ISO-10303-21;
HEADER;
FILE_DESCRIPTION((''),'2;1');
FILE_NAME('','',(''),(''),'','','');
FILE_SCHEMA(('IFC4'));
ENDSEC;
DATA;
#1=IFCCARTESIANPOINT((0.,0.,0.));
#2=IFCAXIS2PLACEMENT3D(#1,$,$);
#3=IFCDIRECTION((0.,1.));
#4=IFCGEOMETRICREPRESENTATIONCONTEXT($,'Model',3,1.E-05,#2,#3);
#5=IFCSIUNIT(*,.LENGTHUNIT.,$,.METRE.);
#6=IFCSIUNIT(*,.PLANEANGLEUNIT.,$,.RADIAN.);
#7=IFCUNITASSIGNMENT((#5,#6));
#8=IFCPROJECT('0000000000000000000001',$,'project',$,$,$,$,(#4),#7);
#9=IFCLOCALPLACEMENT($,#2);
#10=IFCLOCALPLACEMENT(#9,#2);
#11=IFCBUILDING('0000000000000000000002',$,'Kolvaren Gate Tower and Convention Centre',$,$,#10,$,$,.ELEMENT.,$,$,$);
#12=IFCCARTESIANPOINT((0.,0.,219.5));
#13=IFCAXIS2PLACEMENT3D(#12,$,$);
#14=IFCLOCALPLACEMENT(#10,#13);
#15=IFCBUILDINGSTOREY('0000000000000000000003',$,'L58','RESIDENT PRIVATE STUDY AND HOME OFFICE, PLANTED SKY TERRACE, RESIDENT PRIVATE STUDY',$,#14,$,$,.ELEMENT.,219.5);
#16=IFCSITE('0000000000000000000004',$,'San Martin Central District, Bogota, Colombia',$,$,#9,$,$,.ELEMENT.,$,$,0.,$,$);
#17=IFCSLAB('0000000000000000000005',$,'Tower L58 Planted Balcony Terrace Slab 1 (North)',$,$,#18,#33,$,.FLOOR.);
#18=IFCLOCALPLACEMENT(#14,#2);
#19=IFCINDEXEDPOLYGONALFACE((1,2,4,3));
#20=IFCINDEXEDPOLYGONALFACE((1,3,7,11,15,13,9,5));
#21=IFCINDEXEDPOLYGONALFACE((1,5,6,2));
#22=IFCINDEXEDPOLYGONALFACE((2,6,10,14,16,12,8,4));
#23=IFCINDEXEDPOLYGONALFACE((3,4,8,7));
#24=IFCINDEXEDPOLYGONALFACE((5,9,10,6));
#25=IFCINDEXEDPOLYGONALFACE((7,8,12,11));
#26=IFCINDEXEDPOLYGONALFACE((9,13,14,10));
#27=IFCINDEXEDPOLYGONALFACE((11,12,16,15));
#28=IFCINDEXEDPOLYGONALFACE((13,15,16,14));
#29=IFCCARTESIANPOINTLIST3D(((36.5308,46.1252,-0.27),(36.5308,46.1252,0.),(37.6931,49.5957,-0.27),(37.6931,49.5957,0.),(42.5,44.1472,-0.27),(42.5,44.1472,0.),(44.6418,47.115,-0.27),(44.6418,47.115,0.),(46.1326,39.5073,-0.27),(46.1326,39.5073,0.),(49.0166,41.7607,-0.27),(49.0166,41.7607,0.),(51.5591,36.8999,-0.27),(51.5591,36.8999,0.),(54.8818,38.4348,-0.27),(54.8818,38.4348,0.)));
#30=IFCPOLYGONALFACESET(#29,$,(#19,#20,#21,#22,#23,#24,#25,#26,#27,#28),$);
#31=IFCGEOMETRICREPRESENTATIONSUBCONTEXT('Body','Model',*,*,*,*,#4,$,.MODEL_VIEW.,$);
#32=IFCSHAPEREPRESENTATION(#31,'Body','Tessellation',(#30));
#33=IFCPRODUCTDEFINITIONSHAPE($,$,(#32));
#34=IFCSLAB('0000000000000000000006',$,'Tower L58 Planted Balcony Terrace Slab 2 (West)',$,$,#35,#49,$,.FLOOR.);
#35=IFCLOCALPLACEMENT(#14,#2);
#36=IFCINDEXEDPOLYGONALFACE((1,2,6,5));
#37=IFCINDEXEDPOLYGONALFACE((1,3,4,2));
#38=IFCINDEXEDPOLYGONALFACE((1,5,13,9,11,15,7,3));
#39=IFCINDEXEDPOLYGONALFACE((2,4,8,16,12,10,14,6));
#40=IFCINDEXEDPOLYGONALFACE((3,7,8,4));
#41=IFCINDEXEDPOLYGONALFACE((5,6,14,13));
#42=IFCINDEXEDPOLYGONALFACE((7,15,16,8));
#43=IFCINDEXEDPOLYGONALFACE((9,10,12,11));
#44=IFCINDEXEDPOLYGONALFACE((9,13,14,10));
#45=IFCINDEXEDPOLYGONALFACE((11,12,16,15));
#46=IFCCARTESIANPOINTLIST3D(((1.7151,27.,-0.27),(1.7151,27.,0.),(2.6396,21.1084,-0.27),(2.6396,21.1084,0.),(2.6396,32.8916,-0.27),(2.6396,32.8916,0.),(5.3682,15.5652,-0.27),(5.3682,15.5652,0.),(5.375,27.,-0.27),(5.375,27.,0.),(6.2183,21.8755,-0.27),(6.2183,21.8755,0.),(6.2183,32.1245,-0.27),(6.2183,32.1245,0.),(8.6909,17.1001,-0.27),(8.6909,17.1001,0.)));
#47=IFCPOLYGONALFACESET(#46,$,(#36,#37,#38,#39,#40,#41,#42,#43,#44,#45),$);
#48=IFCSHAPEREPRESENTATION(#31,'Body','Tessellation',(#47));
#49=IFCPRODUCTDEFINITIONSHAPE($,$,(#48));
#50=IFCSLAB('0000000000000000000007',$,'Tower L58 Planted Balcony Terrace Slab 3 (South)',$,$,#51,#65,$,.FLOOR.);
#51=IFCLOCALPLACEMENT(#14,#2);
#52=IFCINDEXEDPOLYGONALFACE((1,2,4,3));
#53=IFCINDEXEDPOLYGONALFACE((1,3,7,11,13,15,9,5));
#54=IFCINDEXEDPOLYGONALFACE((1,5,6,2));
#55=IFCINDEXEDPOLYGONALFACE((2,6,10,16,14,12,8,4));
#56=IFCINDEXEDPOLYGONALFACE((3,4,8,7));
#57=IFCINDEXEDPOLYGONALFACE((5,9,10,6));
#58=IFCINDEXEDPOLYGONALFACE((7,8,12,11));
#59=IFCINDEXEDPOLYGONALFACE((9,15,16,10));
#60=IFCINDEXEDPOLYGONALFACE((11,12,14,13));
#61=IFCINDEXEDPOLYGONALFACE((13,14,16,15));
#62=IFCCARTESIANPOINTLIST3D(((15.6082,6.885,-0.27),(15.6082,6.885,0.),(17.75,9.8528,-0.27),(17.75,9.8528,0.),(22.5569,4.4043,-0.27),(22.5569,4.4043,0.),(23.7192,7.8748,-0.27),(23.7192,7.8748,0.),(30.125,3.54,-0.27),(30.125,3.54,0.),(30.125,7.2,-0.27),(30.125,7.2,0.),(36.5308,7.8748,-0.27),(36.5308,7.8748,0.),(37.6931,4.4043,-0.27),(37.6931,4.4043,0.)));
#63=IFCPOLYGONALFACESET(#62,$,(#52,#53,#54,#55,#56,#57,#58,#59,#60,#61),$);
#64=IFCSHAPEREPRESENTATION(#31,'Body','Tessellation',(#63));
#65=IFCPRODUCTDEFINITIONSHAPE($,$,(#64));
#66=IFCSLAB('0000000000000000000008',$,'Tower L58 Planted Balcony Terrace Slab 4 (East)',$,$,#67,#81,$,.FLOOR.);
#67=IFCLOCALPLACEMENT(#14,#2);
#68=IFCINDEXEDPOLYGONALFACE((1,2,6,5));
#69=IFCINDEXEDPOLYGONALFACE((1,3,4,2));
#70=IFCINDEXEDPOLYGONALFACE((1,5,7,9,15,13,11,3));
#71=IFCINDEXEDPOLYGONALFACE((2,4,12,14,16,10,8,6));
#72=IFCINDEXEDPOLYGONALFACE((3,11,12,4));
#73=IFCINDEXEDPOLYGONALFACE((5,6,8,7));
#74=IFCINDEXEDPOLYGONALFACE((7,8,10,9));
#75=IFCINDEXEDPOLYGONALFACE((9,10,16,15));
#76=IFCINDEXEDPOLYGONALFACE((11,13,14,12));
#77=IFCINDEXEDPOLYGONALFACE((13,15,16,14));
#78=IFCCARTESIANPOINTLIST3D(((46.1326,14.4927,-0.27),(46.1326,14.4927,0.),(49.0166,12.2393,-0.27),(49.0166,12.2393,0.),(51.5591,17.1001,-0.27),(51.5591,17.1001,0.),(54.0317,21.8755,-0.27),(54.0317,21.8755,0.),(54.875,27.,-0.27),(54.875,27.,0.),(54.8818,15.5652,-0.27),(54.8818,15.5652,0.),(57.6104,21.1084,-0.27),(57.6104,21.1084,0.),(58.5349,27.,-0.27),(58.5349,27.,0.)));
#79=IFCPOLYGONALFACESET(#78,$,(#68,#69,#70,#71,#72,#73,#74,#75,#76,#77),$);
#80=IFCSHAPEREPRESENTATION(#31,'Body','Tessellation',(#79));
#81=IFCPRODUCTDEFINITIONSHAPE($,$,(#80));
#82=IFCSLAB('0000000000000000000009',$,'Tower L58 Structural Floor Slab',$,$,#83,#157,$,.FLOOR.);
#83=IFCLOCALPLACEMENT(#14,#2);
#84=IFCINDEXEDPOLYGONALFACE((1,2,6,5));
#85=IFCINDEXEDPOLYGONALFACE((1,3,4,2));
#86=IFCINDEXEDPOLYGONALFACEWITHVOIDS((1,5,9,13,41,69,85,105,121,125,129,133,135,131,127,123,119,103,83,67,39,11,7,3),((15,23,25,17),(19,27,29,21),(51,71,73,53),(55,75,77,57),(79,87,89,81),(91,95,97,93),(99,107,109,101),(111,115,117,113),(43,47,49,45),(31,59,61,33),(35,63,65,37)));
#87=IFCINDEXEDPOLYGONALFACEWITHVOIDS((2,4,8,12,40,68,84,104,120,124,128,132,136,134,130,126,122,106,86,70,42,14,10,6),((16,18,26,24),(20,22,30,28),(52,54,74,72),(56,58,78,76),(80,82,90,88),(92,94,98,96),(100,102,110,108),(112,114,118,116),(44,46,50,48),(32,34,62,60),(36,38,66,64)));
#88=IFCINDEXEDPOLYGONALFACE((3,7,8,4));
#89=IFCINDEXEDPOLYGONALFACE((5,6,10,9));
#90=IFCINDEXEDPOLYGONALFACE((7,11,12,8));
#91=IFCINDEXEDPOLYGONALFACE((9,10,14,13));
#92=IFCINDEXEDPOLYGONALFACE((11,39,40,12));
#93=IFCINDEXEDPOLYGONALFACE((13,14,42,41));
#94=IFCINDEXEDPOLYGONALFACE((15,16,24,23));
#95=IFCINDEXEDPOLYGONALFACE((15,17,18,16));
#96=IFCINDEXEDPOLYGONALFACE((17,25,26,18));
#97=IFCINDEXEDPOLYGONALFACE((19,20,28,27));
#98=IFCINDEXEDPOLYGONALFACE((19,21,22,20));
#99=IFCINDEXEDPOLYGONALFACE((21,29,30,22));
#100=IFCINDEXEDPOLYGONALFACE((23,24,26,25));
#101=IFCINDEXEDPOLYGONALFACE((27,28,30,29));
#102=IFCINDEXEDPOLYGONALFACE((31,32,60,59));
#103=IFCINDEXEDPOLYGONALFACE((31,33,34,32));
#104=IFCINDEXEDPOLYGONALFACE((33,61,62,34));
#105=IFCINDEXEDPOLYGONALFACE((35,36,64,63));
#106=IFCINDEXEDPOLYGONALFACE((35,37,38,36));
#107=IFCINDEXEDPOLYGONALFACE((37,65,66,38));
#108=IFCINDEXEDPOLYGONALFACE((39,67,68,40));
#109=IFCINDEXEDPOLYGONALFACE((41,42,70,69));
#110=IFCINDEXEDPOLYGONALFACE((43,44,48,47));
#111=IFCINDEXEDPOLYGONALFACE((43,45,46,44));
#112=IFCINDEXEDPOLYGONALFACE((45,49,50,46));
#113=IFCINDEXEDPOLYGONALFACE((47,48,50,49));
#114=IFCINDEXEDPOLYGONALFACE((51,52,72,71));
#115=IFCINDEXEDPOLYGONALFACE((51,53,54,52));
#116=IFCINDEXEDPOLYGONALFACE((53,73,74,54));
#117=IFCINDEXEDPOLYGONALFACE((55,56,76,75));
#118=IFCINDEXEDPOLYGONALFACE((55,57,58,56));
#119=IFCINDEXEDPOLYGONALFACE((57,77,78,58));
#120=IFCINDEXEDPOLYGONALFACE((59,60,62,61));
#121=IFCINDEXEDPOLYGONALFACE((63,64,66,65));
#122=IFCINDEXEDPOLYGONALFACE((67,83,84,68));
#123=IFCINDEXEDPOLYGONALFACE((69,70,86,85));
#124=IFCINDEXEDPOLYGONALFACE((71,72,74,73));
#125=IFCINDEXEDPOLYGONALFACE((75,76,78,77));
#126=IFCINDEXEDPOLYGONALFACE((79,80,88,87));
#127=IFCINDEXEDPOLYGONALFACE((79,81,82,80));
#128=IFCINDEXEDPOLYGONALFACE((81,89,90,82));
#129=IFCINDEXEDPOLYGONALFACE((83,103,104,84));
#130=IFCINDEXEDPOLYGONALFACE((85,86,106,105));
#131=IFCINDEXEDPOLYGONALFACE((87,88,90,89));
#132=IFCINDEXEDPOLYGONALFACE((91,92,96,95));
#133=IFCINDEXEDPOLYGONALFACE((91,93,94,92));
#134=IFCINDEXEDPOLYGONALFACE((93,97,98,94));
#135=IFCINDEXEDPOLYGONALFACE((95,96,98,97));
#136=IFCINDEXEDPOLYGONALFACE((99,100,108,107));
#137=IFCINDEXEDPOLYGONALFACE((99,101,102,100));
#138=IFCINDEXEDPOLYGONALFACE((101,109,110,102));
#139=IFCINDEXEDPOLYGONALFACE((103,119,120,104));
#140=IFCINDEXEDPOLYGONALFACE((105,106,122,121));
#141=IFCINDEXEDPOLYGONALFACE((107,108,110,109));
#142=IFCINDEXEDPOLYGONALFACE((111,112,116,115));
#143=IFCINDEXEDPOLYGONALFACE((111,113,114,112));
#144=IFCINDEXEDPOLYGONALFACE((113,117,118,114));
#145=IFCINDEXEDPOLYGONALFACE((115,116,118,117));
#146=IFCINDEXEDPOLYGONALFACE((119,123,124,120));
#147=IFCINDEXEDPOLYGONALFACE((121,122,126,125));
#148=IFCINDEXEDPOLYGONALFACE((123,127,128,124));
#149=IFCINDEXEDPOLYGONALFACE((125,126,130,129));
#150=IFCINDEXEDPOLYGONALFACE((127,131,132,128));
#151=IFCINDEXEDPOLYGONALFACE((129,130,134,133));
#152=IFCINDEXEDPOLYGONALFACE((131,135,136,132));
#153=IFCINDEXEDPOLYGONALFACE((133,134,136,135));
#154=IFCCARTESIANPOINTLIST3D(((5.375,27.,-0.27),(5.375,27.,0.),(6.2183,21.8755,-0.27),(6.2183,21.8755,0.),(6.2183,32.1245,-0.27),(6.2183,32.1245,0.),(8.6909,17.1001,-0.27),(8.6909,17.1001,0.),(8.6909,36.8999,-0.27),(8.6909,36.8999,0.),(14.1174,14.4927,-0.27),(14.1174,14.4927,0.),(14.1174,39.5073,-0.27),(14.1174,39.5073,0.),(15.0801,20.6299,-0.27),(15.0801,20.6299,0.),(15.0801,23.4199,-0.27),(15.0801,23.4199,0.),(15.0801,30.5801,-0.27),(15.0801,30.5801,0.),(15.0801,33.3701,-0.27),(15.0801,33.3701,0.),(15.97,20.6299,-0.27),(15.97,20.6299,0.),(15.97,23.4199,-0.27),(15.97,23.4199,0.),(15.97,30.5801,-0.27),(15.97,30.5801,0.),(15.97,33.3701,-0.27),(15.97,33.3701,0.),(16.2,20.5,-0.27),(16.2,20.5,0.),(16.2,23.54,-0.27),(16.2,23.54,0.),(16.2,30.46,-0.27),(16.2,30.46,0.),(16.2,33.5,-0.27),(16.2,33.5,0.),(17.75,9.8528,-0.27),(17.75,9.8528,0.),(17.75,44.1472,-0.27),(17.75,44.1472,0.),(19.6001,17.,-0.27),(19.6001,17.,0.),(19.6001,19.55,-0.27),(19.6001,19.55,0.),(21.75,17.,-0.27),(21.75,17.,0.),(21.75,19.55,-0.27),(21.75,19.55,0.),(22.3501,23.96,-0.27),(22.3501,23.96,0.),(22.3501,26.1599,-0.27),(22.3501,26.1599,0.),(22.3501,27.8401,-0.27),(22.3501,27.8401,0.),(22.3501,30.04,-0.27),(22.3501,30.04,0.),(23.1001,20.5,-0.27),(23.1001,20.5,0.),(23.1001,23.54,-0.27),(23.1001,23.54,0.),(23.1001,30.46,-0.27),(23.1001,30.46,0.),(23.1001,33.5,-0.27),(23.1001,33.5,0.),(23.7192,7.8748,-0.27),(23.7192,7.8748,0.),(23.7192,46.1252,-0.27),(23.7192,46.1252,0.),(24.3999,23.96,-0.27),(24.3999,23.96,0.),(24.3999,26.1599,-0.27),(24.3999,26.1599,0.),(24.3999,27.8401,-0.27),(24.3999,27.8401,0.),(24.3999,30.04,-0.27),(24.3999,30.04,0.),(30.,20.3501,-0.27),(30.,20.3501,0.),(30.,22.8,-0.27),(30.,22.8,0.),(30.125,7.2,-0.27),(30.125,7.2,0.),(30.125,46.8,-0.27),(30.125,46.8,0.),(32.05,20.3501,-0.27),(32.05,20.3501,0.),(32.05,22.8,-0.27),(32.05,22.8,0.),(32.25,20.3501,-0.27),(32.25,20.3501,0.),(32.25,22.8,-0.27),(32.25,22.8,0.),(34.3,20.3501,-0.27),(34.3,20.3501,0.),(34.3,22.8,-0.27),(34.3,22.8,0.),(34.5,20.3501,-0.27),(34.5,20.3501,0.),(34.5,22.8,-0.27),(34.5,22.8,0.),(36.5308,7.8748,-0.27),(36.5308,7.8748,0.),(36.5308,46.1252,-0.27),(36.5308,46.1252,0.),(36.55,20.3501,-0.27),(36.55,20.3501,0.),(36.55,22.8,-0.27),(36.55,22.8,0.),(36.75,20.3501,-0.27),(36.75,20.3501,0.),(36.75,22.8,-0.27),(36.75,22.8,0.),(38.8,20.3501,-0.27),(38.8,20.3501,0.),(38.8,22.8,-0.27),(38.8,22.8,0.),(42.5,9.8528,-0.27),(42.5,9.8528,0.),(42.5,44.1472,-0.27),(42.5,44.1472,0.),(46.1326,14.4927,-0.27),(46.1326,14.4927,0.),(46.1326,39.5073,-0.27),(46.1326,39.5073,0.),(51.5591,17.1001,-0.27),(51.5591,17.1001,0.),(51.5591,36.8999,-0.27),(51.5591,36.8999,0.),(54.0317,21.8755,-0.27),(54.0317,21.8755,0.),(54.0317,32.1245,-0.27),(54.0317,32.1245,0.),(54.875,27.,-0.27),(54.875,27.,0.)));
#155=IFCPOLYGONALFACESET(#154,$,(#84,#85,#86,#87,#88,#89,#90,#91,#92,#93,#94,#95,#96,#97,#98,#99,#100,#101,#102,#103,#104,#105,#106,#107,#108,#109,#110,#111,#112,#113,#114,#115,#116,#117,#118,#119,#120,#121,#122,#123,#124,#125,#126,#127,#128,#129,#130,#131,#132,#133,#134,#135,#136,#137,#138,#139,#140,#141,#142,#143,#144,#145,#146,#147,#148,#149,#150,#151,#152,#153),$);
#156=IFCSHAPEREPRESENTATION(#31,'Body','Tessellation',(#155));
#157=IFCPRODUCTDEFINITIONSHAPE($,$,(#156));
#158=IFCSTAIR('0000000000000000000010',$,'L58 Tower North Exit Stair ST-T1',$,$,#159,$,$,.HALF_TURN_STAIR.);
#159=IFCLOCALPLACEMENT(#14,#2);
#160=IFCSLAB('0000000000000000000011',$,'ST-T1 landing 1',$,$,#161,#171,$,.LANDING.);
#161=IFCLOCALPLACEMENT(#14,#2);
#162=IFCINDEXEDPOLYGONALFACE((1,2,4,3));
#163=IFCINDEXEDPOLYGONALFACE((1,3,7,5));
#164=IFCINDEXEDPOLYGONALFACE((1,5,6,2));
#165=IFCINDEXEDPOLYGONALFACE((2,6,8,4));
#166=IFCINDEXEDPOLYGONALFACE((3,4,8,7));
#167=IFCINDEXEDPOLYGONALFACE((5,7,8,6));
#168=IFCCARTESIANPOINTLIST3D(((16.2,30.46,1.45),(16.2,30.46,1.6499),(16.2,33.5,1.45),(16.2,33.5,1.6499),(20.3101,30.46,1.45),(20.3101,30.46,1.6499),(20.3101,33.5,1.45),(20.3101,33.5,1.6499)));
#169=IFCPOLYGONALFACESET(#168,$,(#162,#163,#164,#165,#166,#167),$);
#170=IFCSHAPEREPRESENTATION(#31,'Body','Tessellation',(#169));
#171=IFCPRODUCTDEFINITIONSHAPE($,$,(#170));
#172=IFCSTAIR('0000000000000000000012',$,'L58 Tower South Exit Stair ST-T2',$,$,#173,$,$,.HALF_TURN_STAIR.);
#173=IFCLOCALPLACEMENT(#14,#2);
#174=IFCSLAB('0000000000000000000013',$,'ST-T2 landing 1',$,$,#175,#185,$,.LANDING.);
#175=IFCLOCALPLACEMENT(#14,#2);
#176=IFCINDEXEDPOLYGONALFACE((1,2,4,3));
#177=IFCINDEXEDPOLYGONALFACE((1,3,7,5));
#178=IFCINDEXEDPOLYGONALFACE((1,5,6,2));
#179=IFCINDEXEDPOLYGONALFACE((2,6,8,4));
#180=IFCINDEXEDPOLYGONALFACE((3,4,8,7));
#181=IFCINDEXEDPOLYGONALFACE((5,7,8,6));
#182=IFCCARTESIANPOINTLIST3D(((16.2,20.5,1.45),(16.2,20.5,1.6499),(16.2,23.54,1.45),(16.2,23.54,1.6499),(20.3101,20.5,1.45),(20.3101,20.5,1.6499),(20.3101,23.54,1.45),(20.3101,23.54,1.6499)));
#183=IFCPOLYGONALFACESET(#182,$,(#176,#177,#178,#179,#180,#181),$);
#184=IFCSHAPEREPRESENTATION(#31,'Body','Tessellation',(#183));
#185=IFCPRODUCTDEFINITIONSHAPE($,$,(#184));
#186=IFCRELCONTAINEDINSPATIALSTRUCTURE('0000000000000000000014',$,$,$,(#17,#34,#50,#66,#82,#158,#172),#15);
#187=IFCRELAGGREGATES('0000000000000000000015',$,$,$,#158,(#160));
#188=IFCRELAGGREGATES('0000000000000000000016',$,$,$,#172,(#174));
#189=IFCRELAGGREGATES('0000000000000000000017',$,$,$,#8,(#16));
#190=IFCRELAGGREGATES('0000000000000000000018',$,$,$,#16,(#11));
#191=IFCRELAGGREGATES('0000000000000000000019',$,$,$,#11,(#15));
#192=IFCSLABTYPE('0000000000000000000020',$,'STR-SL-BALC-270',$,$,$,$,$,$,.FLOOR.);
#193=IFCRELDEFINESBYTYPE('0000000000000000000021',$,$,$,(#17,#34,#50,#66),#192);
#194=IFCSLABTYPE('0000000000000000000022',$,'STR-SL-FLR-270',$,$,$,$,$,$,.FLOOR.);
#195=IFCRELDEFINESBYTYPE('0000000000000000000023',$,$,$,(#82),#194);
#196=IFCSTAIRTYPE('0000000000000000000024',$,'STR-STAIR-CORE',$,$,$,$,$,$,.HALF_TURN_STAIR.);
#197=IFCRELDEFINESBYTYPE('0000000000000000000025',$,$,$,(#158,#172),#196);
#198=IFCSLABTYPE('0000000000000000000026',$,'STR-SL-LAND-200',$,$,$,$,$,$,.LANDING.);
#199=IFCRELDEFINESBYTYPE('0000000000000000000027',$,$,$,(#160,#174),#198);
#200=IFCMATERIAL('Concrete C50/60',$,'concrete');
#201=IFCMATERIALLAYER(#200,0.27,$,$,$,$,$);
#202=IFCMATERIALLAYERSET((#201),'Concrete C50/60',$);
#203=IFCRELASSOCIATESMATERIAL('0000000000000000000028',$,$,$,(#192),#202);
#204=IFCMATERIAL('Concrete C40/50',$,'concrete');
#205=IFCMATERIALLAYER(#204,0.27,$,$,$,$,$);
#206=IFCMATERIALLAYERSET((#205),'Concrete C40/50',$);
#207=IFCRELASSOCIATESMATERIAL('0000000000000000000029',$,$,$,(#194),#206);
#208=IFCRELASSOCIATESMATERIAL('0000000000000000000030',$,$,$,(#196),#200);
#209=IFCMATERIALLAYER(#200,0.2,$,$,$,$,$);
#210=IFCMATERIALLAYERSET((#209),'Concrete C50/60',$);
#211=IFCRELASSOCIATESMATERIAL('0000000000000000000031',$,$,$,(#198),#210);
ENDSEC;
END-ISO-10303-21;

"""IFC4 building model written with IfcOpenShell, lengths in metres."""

from ifc_helpers import new_model, si_unit, direction, frame, origin, place, context, subcontext, project, spatial, polyline, outline, extrude, material, layer, layer_set, type_object, element, aggregate, save


model = new_model("IFC4")

# Units and contexts
model_context = context("Model", 3, precision=1e-05, world=origin(), true_north=direction((0.0, 1.0)))
body_context = subcontext(model_context, "Body", "Model", "MODEL_VIEW")
ifc_project = project(units=[si_unit("LENGTHUNIT", "METRE"), si_unit("PLANEANGLEUNIT", "RADIAN")], contexts=[model_context])

# Site, building, storey
site_placement = place(None, origin())
site = spatial("IfcSite", under=ifc_project, at=site_placement, Name="San Martin Central District, Bogota, Colombia", CompositionType="ELEMENT", RefElevation=0.0)
building_placement = place(site_placement, origin())
building = spatial("IfcBuilding", under=site, at=building_placement, Name="Kolvaren Gate Tower and Convention Centre", CompositionType="ELEMENT")
storey_placement = place(building_placement, frame((0.0, 0.0, 219.5)))
storey = spatial("IfcBuildingStorey", under=building, at=storey_placement, Name="L58", Description="RESIDENT PRIVATE STUDY AND HOME OFFICE, PLANTED SKY TERRACE, RESIDENT PRIVATE STUDY", CompositionType="ELEMENT", Elevation=219.5)

# Slabs
ifc_material_1 = material(Name="Concrete C50/60", Category="concrete")
ifc_layer_1 = layer(ifc_material_1, 0.27)
ifc_layer_set_1 = layer_set([ifc_layer_1], Name="Concrete C50/60")
slab_type_1 = type_object("IfcSlabType", Name="STR-SL-BALC-270", PredefinedType="FLOOR", material=ifc_layer_set_1)
slab_1_placement = place(storey_placement, frame((0.0, 0.0, -0.27)))
element("IfcSlab", 1, at=slab_1_placement, inside=storey, type_object=slab_type_1, Name="Tower L58 Planted Balcony Terrace Slab 1 (North)", PredefinedType="FLOOR", context=body_context, shape_type="SweptSolid", body=[
    extrude(outline(polyline([(51.5591, 36.8999), (46.1326, 39.5073), (42.5, 44.1472), (36.5308, 46.1252), (37.6931, 49.5957), (44.6418, 47.115), (49.0166, 41.7607), (54.8818, 38.4348), (51.5591, 36.8999)])), origin(), (0.0, 0.0, 1.0), 0.27),
])
slab_2_placement = place(storey_placement, frame((0.0, 0.0, -0.27)))
element("IfcSlab", 2, at=slab_2_placement, inside=storey, type_object=slab_type_1, Name="Tower L58 Planted Balcony Terrace Slab 2 (West)", PredefinedType="FLOOR", context=body_context, shape_type="SweptSolid", body=[
    extrude(outline(polyline([(6.2183, 32.1245), (5.375, 27.0), (6.2183, 21.8755), (8.6909, 17.1001), (5.3682, 15.5652), (2.6396, 21.1084), (1.7151, 27.0), (2.6396, 32.8916), (6.2183, 32.1245)])), origin(), (0.0, 0.0, 1.0), 0.27),
])
slab_3_placement = place(storey_placement, frame((0.0, 0.0, -0.27)))
element("IfcSlab", 3, at=slab_3_placement, inside=storey, type_object=slab_type_1, Name="Tower L58 Planted Balcony Terrace Slab 3 (South)", PredefinedType="FLOOR", context=body_context, shape_type="SweptSolid", body=[
    extrude(outline(polyline([(17.75, 9.8528), (23.7192, 7.8748), (30.125, 7.2), (36.5308, 7.8748), (37.6931, 4.4043), (30.125, 3.54), (22.5569, 4.4043), (15.6082, 6.885), (17.75, 9.8528)])), origin(), (0.0, 0.0, 1.0), 0.27),
])
slab_4_placement = place(storey_placement, frame((0.0, 0.0, -0.27)))
element("IfcSlab", 4, at=slab_4_placement, inside=storey, type_object=slab_type_1, Name="Tower L58 Planted Balcony Terrace Slab 4 (East)", PredefinedType="FLOOR", context=body_context, shape_type="SweptSolid", body=[
    extrude(outline(polyline([(46.1326, 14.4927), (51.5591, 17.1001), (54.0317, 21.8755), (54.875, 27.0), (58.5349, 27.0), (57.6104, 21.1084), (54.8818, 15.5652), (49.0166, 12.2393), (46.1326, 14.4927)])), origin(), (0.0, 0.0, 1.0), 0.27),
])
ifc_material_2 = material(Name="Concrete C40/50", Category="concrete")
ifc_layer_2 = layer(ifc_material_2, 0.27)
ifc_layer_set_2 = layer_set([ifc_layer_2], Name="Concrete C40/50")
slab_type_2 = type_object("IfcSlabType", Name="STR-SL-FLR-270", PredefinedType="FLOOR", material=ifc_layer_set_2)
slab_5_placement = place(storey_placement, frame((0.0, 0.0, -0.27)))
element("IfcSlab", 5, at=slab_5_placement, inside=storey, type_object=slab_type_2, Name="Tower L58 Structural Floor Slab", PredefinedType="FLOOR", context=body_context, shape_type="SweptSolid", body=[
    extrude(outline(polyline([(54.875, 27.0), (54.0317, 32.1245), (51.5591, 36.8999), (46.1326, 39.5073), (42.5, 44.1472), (36.5308, 46.1252), (30.125, 46.8), (23.7192, 46.1252), (17.75, 44.1472), (14.1174, 39.5073), (8.6909, 36.8999), (6.2183, 32.1245), (5.375, 27.0), (6.2183, 21.8755), (8.6909, 17.1001), (14.1174, 14.4927), (17.75, 9.8528), (23.7192, 7.8748), (30.125, 7.2), (36.5308, 7.8748), (42.5, 9.8528), (46.1326, 14.4927), (51.5591, 17.1001), (54.0317, 21.8755), (54.875, 27.0)]), holes=[polyline([(36.75, 20.3501), (36.75, 22.8), (38.8, 22.8), (38.8, 20.3501), (36.75, 20.3501)]), polyline([(36.55, 20.3501), (34.5, 20.3501), (34.5, 22.8), (36.55, 22.8), (36.55, 20.3501)]), polyline([(32.25, 20.3501), (32.25, 22.8), (34.3, 22.8), (34.3, 20.3501), (32.25, 20.3501)]), polyline([(30.0, 20.3501), (30.0, 22.8), (32.05, 22.8), (32.05, 20.3501), (30.0, 20.3501)]), polyline([(22.3501, 23.96), (22.3501, 26.1599), (24.3999, 26.1599), (24.3999, 23.96), (22.3501, 23.96)]), polyline([(22.3501, 27.8401), (22.3501, 30.04), (24.3999, 30.04), (24.3999, 27.8401), (22.3501, 27.8401)]), polyline([(16.2, 23.54), (23.1001, 23.54), (23.1001, 20.5), (16.2, 20.5), (16.2, 23.54)]), polyline([(16.2, 33.5), (23.1001, 33.5), (23.1001, 30.46), (16.2, 30.46), (16.2, 33.5)]), polyline([(21.75, 17.0), (19.6001, 17.0), (19.6001, 19.55), (21.75, 19.55), (21.75, 17.0)]), polyline([(15.0801, 30.5801), (15.0801, 33.3701), (15.97, 33.3701), (15.97, 30.5801), (15.0801, 30.5801)]), polyline([(15.97, 20.6299), (15.0801, 20.6299), (15.0801, 23.4199), (15.97, 23.4199), (15.97, 20.6299)])]), origin(), (0.0, 0.0, 1.0), 0.27),
])

# Stairs, slabs
stair_type = type_object("IfcStairType", Name="STR-STAIR-CORE", PredefinedType="HALF_TURN_STAIR", material=ifc_material_1)
stair_1_placement = place(storey_placement, origin())
stair_1 = element("IfcStair", 6, at=stair_1_placement, inside=storey, type_object=stair_type, Name="L58 Tower North Exit Stair ST-T1", PredefinedType="HALF_TURN_STAIR")
ifc_layer_3 = layer(ifc_material_1, 0.2)
ifc_layer_set_3 = layer_set([ifc_layer_3], Name="Concrete C50/60")
slab_type_3 = type_object("IfcSlabType", Name="STR-SL-LAND-200", PredefinedType="LANDING", material=ifc_layer_set_3)
slab_6_placement = place(storey_placement, frame((0.0, 0.0, 1.45)))
slab_6 = element("IfcSlab", 7, at=slab_6_placement, type_object=slab_type_3, Name="ST-T1 landing 1", PredefinedType="LANDING", context=body_context, shape_type="SweptSolid", body=[
    extrude(outline(polyline([(20.3101, 33.5), (16.2, 33.5), (16.2, 30.46), (20.3101, 30.46), (20.3101, 33.5)])), origin(), (0.0, 0.0, 1.0), 0.2),
])
aggregate(stair_1, [slab_6])
stair_2_placement = place(storey_placement, origin())
stair_2 = element("IfcStair", 8, at=stair_2_placement, inside=storey, type_object=stair_type, Name="L58 Tower South Exit Stair ST-T2", PredefinedType="HALF_TURN_STAIR")
slab_7_placement = place(storey_placement, frame((0.0, 0.0, 1.45)))
slab_7 = element("IfcSlab", 9, at=slab_7_placement, type_object=slab_type_3, Name="ST-T2 landing 1", PredefinedType="LANDING", context=body_context, shape_type="SweptSolid", body=[
    extrude(outline(polyline([(20.3101, 23.54), (16.2, 23.54), (16.2, 20.5), (20.3101, 20.5), (20.3101, 23.54)])), origin(), (0.0, 0.0, 1.0), 0.2),
])
aggregate(stair_2, [slab_7])

save(model, "model.ifc")
